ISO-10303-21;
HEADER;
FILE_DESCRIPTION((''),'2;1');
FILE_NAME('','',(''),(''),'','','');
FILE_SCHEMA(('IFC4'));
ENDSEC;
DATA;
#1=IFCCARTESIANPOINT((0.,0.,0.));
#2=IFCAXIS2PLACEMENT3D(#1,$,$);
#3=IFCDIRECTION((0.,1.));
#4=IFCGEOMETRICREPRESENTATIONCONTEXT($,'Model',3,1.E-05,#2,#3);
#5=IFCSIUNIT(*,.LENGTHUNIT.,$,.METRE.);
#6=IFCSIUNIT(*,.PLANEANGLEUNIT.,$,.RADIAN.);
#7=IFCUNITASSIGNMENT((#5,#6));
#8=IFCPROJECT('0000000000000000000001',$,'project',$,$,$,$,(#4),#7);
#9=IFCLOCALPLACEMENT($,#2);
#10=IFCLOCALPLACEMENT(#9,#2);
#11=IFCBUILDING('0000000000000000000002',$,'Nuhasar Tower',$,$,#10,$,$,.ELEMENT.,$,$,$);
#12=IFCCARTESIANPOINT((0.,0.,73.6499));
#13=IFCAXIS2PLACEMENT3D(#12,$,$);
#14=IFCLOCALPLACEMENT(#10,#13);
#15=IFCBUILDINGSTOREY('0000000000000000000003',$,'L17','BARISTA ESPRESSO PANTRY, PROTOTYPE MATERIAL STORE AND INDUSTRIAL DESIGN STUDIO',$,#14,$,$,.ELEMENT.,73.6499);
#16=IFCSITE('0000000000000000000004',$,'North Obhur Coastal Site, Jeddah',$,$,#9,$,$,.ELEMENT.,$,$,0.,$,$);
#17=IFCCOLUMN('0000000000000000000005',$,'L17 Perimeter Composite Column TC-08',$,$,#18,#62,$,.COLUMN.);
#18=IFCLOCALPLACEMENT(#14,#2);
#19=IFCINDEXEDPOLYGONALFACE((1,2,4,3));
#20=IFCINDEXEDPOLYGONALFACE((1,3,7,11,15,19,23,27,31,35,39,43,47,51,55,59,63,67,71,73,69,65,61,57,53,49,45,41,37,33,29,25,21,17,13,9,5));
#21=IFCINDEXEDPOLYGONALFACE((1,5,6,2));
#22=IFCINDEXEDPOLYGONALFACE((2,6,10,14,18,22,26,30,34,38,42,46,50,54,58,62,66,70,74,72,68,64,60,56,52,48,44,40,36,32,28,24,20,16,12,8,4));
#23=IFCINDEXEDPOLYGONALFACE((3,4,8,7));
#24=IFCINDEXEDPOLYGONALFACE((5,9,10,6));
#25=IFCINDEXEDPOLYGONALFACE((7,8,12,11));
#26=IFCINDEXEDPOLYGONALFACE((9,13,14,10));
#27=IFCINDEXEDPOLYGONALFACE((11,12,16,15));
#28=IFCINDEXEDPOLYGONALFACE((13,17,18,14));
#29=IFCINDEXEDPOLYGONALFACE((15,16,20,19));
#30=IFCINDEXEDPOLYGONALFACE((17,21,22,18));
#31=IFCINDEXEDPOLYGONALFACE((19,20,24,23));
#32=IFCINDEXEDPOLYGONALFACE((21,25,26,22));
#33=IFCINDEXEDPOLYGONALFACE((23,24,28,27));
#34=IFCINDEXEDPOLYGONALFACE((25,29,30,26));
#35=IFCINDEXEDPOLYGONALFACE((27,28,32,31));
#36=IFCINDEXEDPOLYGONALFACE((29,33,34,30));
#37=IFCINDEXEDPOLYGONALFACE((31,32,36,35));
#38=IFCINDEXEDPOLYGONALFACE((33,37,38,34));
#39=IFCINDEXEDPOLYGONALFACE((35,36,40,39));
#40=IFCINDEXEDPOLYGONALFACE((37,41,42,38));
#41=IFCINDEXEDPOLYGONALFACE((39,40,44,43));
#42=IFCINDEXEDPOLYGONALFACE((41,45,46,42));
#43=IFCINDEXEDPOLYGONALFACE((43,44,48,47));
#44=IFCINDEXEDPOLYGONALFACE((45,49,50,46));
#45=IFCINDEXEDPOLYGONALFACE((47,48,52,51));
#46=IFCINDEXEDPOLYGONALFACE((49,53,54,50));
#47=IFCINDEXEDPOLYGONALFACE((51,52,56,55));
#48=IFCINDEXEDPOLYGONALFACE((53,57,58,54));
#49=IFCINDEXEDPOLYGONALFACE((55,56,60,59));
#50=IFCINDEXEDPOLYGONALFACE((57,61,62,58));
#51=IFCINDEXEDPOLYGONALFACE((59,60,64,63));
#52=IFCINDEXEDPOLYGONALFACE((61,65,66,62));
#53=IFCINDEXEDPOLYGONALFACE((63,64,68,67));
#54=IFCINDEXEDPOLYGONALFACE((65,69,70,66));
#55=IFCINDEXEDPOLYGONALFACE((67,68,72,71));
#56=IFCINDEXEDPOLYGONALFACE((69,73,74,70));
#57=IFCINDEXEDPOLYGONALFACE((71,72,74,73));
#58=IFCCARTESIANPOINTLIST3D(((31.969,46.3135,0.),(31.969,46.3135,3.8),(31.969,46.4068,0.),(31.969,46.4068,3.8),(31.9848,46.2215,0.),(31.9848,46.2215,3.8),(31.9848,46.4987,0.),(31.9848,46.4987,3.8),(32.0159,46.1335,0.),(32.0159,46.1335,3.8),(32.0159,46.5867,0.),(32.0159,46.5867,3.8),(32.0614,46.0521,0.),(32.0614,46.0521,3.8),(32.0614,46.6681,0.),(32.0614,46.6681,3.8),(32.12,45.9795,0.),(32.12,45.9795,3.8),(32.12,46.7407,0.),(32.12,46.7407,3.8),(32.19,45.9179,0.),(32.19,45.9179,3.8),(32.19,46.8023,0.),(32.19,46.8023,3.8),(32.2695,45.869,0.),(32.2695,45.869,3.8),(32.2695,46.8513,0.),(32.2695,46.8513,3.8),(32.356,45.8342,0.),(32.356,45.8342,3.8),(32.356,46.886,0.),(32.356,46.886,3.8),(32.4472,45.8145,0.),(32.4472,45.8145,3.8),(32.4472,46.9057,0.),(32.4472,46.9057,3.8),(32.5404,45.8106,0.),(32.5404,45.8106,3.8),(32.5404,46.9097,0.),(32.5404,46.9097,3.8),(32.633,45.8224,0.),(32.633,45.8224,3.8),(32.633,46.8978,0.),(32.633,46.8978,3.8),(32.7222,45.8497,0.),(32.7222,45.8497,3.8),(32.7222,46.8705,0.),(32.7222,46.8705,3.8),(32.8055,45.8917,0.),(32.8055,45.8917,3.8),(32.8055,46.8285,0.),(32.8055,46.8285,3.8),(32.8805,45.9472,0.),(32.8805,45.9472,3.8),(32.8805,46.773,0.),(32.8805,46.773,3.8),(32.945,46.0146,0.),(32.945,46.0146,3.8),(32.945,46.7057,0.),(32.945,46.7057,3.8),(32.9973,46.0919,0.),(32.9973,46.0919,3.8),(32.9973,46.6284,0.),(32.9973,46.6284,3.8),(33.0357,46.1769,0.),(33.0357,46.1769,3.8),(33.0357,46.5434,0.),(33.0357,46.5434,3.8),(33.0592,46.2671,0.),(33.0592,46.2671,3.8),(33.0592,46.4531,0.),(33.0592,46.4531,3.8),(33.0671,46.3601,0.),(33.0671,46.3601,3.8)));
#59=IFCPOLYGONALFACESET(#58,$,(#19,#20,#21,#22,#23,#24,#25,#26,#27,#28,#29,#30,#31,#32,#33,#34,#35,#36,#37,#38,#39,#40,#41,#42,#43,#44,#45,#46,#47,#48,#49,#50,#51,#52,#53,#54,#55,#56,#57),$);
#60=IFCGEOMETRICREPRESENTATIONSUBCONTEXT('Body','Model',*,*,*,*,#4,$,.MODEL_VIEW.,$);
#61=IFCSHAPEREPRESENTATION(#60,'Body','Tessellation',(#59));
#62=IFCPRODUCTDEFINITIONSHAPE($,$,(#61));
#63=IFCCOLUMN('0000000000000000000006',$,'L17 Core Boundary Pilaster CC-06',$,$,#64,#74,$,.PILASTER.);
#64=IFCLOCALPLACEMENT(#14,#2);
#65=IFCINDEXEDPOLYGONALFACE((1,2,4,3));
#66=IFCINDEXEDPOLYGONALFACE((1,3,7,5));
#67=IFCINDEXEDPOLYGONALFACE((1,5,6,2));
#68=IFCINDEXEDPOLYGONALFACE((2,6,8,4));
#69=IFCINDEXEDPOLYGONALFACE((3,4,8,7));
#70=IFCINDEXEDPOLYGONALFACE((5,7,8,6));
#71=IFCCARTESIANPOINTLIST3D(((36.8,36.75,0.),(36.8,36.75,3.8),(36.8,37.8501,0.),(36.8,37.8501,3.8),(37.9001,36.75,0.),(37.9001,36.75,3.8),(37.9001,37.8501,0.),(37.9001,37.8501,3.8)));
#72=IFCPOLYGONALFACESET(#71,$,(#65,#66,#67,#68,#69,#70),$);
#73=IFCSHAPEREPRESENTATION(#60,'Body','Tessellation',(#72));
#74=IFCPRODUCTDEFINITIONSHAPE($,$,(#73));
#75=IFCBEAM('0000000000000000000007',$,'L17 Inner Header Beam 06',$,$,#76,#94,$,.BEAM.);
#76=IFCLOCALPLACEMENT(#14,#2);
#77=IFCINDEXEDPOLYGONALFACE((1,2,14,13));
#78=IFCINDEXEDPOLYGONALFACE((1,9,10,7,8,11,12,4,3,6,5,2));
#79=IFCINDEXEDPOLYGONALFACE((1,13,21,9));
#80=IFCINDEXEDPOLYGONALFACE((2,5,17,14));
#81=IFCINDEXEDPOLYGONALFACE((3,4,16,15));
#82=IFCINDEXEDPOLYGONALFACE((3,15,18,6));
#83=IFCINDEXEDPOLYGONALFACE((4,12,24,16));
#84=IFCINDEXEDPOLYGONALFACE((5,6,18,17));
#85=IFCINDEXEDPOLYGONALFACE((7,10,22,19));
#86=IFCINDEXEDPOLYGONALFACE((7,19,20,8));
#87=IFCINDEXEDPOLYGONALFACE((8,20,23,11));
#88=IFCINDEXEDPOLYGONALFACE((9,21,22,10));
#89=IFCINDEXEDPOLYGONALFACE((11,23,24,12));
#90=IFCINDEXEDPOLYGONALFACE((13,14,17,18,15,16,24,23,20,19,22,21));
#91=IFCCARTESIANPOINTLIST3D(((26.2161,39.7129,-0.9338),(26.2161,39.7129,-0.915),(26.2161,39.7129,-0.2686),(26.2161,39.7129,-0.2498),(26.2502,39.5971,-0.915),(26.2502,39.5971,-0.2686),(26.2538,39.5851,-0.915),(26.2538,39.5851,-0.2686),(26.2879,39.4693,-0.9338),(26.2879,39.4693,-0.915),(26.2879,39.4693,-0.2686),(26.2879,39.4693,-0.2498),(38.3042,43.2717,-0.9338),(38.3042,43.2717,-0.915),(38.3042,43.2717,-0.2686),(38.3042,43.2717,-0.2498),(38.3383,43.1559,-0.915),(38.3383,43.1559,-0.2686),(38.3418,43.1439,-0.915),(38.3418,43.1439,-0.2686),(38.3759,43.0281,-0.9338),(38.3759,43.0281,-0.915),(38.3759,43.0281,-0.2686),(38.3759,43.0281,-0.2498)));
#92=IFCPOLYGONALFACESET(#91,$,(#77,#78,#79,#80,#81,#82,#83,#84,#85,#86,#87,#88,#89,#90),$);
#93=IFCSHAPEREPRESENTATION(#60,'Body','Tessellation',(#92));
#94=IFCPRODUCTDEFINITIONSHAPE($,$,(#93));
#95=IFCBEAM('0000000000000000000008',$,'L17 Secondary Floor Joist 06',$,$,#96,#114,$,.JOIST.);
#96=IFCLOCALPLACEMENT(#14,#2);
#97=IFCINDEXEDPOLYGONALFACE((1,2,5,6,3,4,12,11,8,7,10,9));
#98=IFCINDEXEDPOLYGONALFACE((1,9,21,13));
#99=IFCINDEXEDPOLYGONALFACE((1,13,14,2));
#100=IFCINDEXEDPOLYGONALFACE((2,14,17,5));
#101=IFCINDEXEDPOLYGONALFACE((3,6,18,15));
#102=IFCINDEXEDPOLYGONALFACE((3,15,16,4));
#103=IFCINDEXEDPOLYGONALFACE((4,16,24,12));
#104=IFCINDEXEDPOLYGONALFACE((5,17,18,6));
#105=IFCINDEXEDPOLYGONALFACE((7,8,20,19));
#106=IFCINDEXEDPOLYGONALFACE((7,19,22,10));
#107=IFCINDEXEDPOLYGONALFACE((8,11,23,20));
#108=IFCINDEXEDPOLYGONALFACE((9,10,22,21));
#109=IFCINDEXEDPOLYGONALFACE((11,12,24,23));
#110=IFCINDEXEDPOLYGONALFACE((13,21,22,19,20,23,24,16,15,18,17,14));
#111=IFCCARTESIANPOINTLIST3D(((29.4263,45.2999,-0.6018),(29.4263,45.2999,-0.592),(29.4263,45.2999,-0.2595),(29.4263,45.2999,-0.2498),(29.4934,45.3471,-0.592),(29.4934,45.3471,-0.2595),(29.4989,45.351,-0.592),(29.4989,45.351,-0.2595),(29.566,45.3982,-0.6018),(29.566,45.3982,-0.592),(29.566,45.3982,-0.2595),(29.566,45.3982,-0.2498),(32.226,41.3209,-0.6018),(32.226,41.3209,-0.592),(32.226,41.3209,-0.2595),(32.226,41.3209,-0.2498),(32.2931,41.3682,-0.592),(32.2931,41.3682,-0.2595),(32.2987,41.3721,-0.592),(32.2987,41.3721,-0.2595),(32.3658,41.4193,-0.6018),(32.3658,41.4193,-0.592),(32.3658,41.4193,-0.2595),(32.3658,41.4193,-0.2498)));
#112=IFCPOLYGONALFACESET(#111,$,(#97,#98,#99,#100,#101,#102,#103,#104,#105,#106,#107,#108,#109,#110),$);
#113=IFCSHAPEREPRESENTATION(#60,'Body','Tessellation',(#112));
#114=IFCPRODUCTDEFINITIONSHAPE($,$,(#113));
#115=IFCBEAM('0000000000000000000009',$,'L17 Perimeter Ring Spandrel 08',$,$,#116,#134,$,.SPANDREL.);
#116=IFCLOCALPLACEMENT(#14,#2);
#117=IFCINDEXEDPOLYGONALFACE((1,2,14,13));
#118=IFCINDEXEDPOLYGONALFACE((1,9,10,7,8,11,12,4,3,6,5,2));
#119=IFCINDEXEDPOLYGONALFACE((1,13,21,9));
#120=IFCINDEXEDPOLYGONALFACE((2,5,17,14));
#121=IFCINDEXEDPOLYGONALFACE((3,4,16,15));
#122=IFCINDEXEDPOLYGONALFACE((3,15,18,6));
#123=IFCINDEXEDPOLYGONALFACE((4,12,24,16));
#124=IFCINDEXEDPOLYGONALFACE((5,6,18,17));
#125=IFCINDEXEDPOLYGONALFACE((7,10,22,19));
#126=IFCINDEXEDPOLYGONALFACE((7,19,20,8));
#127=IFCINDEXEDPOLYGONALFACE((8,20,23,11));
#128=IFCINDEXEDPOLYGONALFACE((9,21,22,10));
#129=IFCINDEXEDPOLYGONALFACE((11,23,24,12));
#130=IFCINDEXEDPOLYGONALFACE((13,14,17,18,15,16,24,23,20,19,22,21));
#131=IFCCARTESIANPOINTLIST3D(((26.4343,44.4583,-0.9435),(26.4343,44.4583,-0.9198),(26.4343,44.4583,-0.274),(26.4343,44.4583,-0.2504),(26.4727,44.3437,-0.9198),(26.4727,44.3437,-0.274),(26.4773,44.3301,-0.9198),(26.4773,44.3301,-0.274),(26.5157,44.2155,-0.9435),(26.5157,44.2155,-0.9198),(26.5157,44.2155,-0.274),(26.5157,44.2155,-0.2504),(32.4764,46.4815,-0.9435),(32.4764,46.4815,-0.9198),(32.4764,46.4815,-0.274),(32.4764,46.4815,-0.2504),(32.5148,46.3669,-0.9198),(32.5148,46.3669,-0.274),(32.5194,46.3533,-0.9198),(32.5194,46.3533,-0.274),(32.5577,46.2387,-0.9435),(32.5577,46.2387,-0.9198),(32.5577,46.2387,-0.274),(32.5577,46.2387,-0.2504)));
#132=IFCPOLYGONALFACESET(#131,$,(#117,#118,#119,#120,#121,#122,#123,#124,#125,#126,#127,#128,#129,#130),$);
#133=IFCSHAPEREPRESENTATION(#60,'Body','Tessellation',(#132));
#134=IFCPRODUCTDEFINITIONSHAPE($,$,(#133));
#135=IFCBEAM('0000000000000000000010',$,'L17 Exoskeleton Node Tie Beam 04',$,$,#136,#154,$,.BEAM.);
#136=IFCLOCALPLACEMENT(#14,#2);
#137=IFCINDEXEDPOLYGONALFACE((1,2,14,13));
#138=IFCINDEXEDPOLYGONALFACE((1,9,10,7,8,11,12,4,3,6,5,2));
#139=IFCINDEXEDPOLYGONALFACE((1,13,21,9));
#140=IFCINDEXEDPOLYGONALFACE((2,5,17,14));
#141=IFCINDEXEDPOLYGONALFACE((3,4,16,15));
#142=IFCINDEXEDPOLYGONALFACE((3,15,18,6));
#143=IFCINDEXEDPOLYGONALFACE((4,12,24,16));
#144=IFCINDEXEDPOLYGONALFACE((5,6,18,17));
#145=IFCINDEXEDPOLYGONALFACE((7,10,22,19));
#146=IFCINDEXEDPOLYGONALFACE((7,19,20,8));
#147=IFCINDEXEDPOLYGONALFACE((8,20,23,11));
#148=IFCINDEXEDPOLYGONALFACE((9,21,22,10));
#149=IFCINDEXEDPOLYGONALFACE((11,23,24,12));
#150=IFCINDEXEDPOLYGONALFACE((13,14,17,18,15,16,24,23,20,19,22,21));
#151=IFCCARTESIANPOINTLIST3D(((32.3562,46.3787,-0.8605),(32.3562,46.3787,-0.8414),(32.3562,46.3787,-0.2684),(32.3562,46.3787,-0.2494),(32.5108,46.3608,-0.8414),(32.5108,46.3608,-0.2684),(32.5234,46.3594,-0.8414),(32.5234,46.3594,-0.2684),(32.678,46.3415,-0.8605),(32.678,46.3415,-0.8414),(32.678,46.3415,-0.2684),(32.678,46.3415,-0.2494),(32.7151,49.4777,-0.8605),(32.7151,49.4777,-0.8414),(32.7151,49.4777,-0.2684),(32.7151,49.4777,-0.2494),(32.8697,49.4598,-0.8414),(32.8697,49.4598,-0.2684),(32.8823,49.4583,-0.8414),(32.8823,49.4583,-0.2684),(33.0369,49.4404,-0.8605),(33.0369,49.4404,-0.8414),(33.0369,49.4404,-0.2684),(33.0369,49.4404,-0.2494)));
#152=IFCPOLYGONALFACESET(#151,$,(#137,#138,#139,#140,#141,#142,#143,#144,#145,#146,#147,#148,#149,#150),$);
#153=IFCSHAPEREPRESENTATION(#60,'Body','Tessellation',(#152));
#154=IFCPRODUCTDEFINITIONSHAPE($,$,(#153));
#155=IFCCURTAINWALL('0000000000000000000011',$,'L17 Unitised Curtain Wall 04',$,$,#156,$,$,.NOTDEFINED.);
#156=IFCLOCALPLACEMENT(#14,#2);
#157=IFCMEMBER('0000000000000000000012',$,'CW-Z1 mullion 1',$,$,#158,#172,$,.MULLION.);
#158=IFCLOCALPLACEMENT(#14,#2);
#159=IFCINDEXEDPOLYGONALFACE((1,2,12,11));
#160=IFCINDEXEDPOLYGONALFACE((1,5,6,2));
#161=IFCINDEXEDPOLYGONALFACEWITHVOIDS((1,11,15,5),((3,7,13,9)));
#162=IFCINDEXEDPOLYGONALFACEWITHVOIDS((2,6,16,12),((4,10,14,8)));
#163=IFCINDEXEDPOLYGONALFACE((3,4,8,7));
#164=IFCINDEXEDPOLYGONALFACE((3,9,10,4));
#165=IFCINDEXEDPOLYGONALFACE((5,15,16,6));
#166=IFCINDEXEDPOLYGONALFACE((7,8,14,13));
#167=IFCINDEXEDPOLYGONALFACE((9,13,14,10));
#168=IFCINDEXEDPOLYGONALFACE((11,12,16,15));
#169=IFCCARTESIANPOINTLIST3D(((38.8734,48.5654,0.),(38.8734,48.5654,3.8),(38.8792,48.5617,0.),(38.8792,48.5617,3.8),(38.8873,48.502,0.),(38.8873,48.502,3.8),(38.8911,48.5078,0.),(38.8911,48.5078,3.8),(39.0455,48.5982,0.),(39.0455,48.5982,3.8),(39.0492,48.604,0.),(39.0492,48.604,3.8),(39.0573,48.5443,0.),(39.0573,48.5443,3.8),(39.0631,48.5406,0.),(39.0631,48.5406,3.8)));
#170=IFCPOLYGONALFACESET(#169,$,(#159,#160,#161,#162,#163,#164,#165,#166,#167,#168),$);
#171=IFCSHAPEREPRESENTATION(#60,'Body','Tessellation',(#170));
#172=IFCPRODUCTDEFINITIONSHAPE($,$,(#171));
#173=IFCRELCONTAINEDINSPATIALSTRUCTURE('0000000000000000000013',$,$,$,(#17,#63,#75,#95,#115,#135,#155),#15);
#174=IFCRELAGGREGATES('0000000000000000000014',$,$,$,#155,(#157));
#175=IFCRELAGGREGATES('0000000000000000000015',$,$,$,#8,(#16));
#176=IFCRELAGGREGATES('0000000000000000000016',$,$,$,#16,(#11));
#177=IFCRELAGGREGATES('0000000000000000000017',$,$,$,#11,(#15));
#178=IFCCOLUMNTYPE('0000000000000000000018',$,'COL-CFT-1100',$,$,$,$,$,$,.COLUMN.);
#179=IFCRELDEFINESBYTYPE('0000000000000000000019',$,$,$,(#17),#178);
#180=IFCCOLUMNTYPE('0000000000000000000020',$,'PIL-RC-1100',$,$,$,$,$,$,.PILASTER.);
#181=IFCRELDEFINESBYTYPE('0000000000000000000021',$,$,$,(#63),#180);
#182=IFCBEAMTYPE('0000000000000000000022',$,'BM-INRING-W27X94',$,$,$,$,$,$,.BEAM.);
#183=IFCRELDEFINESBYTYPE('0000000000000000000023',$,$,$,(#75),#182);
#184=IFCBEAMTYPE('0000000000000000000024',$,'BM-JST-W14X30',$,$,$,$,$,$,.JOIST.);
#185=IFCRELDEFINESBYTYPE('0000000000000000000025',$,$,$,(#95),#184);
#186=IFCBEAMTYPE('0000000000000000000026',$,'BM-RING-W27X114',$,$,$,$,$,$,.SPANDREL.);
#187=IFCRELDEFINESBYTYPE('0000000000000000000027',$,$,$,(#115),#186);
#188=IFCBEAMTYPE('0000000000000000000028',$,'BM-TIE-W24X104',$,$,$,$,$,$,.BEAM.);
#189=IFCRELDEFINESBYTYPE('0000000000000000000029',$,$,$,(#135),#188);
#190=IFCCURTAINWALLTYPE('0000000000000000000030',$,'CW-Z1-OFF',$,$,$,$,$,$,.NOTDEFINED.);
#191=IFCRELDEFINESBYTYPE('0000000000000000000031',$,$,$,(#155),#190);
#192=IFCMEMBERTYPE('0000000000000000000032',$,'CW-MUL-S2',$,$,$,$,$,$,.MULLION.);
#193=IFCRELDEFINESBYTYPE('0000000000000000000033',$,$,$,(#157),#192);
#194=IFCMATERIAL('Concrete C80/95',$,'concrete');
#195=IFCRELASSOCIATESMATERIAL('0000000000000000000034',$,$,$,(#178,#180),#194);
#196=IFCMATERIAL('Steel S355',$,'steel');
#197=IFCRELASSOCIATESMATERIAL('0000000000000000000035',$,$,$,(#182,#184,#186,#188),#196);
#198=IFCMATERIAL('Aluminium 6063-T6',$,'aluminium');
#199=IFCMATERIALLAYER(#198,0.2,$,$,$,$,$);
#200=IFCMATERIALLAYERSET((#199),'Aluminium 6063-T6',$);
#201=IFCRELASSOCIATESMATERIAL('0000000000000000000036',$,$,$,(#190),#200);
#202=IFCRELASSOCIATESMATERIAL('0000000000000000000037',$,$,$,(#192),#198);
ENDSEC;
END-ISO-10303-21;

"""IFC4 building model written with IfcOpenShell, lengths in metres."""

from ifc_helpers import new_model, si_unit, direction, frame, origin, origin_2d, place, context, subcontext, project, spatial, rectangle, hollow_rectangle, circle, i_section, extrude, material, layer, layer_set, material_profile, profile_set, type_object, element, aggregate, save


model = new_model("IFC4")

# Units and contexts
model_context = context("Model", 3, precision=1e-05, world=origin(), true_north=direction((0.0, 1.0)))
body_context = subcontext(model_context, "Body", "Model", "MODEL_VIEW")
ifc_project = project(units=[si_unit("LENGTHUNIT", "METRE"), si_unit("PLANEANGLEUNIT", "RADIAN")], contexts=[model_context])

# Site, building, storey
site_placement = place(None, origin())
site = spatial("IfcSite", under=ifc_project, at=site_placement, Name="North Obhur Coastal Site, Jeddah", CompositionType="ELEMENT", RefElevation=0.0)
building_placement = place(site_placement, origin())
building = spatial("IfcBuilding", under=site, at=building_placement, Name="Nuhasar Tower", CompositionType="ELEMENT")
storey_placement = place(building_placement, frame((0.0, 0.0, 73.6499)))
storey = spatial("IfcBuildingStorey", under=building, at=storey_placement, Name="L17", Description="BARISTA ESPRESSO PANTRY, PROTOTYPE MATERIAL STORE AND INDUSTRIAL DESIGN STUDIO", CompositionType="ELEMENT", Elevation=73.6499)

# Columns
ifc_material_1 = material(Name="Concrete C80/95", Category="concrete")
ifc_material_profile_1 = material_profile(ifc_material_1, circle(Radius=0.55, at=origin_2d()), Name="CFT1100")
ifc_profile_set_1 = profile_set([ifc_material_profile_1], Name="Concrete C80/95")
column_type_1 = type_object("IfcColumnType", Name="COL-CFT-1100", PredefinedType="COLUMN", material=ifc_profile_set_1)
column_1_placement = place(storey_placement, frame((32.5171, 46.3601, 0.0), z_axis=(0.0, 0.0, 1.0), x_axis=(1.0, 0.0, 0.0)))
element("IfcColumn", 1, at=column_1_placement, inside=storey, type_object=column_type_1, Name="L17 Perimeter Composite Column TC-08", PredefinedType="COLUMN", context=body_context, shape_type="SweptSolid", body=[
    extrude(circle(Radius=0.55, at=origin_2d()), origin(), (0.0, 0.0, 1.0), 3.8),
])
ifc_material_profile_2 = material_profile(ifc_material_1, rectangle(XDim=1.1001, YDim=1.1001, at=origin_2d()), Name="RC1100X1100")
ifc_profile_set_2 = profile_set([ifc_material_profile_2], Name="Concrete C80/95")
column_type_2 = type_object("IfcColumnType", Name="PIL-RC-1100", PredefinedType="PILASTER", material=ifc_profile_set_2)
column_2_placement = place(storey_placement, frame((37.3501, 37.3, 0.0), z_axis=(0.0, 0.0, 1.0), x_axis=(1.0, 0.0, 0.0)))
element("IfcColumn", 2, at=column_2_placement, inside=storey, type_object=column_type_2, Name="L17 Core Boundary Pilaster CC-06", PredefinedType="PILASTER", context=body_context, shape_type="SweptSolid", body=[
    extrude(rectangle(XDim=1.1001, YDim=1.1001, at=origin_2d()), origin(), (0.0, 0.0, 1.0), 3.8),
])

# Beams
ifc_material_2 = material(Name="Steel S355", Category="steel")
ifc_material_profile_3 = material_profile(ifc_material_2, i_section(OverallWidth=0.2539, OverallDepth=0.6841, WebThickness=0.0125, FlangeThickness=0.0188, at=origin_2d()), Name="W27X94")
ifc_profile_set_3 = profile_set([ifc_material_profile_3], Name="Steel S355")
beam_type_1 = type_object("IfcBeamType", Name="BM-INRING-W27X94", PredefinedType="BEAM", material=ifc_profile_set_3)
beam_1_placement = place(storey_placement, frame((38.3401, 43.1499, -0.5918), z_axis=(-0.95929, -0.282422, 0.0), x_axis=(0.282422, -0.95929, 0.0)))
element("IfcBeam", 3, at=beam_1_placement, inside=storey, type_object=beam_type_1, Name="L17 Inner Header Beam 06", PredefinedType="BEAM", context=body_context, shape_type="SweptSolid", body=[
    extrude(i_section(OverallWidth=0.2539, OverallDepth=0.6841, WebThickness=0.0125, FlangeThickness=0.0188, at=origin_2d()), origin(), (0.0, 0.0, 1.0), 12.6011),
])
ifc_material_profile_4 = material_profile(ifc_material_2, i_section(OverallWidth=0.1709, OverallDepth=0.3521, WebThickness=0.0068, FlangeThickness=0.0098, at=origin_2d()), Name="W14X30")
ifc_profile_set_4 = profile_set([ifc_material_profile_4], Name="Steel S355")
beam_type_2 = type_object("IfcBeamType", Name="BM-JST-W14X30", PredefinedType="JOIST", material=ifc_profile_set_4)
beam_2_placement = place(storey_placement, frame((32.2959, 41.3701, -0.4258), z_axis=(-0.575461, 0.817829, 0.0), x_axis=(-0.817829, -0.575461, 0.0)))
element("IfcBeam", 4, at=beam_2_placement, inside=storey, type_object=beam_type_2, Name="L17 Secondary Floor Joist 06", PredefinedType="JOIST", context=body_context, shape_type="SweptSolid", body=[
    extrude(i_section(OverallWidth=0.1709, OverallDepth=0.3521, WebThickness=0.0068, FlangeThickness=0.0098, at=origin_2d()), origin(), (0.0, 0.0, 1.0), 4.8652),
])
ifc_material_profile_5 = material_profile(ifc_material_2, i_section(OverallWidth=0.2561, OverallDepth=0.6931, WebThickness=0.0144, FlangeThickness=0.0237, at=origin_2d()), Name="W27X114")
ifc_profile_set_5 = profile_set([ifc_material_profile_5], Name="Steel S355")
beam_type_3 = type_object("IfcBeamType", Name="BM-RING-W27X114", PredefinedType="SPANDREL", material=ifc_profile_set_5)
beam_3_placement = place(storey_placement, frame((32.5171, 46.3601, -0.5969), z_axis=(-0.948249, -0.317526, 0.0), x_axis=(0.317526, -0.948249, 0.0)))
element("IfcBeam", 5, at=beam_3_placement, inside=storey, type_object=beam_type_3, Name="L17 Perimeter Ring Spandrel 08", PredefinedType="SPANDREL", context=body_context, shape_type="SweptSolid", body=[
    extrude(i_section(OverallWidth=0.2561, OverallDepth=0.6931, WebThickness=0.0144, FlangeThickness=0.0237, at=origin_2d()), origin(), (0.0, 0.0, 1.0), 6.3718),
])
ifc_material_profile_6 = material_profile(ifc_material_2, i_section(OverallWidth=0.324, OverallDepth=0.6111, WebThickness=0.0127, FlangeThickness=0.019, at=origin_2d()), Name="W24X104")
ifc_profile_set_6 = profile_set([ifc_material_profile_6], Name="Steel S355")
beam_type_4 = type_object("IfcBeamType", Name="BM-TIE-W24X104", PredefinedType="BEAM", material=ifc_profile_set_6)
beam_4_placement = place(storey_placement, frame((32.5171, 46.3601, -0.5549), z_axis=(0.115043, 0.993361, 0.0), x_axis=(-0.993361, 0.115043, 0.0)))
element("IfcBeam", 6, at=beam_4_placement, inside=storey, type_object=beam_type_4, Name="L17 Exoskeleton Node Tie Beam 04", PredefinedType="BEAM", context=body_context, shape_type="SweptSolid", body=[
    extrude(i_section(OverallWidth=0.324, OverallDepth=0.6111, WebThickness=0.0127, FlangeThickness=0.019, at=origin_2d()), origin(), (0.0, 0.0, 1.0), 3.1196),
])

# Curtain wall, member
ifc_material_3 = material(Name="Aluminium 6063-T6", Category="aluminium")
ifc_layer_1 = layer(ifc_material_3, 0.2)
ifc_layer_set_1 = layer_set([ifc_layer_1], Name="Aluminium 6063-T6")
curtain_wall_type = type_object("IfcCurtainWallType", Name="CW-Z1-OFF", PredefinedType="NOTDEFINED", material=ifc_layer_set_1)
curtain_wall_placement = place(storey_placement, origin())
curtain_wall = element("IfcCurtainWall", 7, at=curtain_wall_placement, inside=storey, type_object=curtain_wall_type, Name="L17 Unitised Curtain Wall 04", PredefinedType="NOTDEFINED")
ifc_material_profile_7 = material_profile(ifc_material_3, hollow_rectangle(XDim=0.0649, YDim=0.1799, WallThickness=0.0049, at=origin_2d()), Name="CWM-2")
ifc_profile_set_7 = profile_set([ifc_material_profile_7], Name="Aluminium 6063-T6")
member_type_1 = type_object("IfcMemberType", Name="CW-MUL-S2", PredefinedType="MULLION", material=ifc_profile_set_7)
member_1_placement = place(storey_placement, frame((38.9683, 48.553, 0.0), z_axis=(0.0, 0.0, 1.0), x_axis=(0.214399, -0.976746, 0.0)))
member_1 = element("IfcMember", 8, at=member_1_placement, type_object=member_type_1, Name="CW-Z1 mullion 1", PredefinedType="MULLION", context=body_context, shape_type="SweptSolid", body=[
    extrude(hollow_rectangle(XDim=0.0649, YDim=0.1799, WallThickness=0.0049, at=origin_2d()), origin(), (0.0, 0.0, 1.0), 3.8),
])

aggregate(curtain_wall, [member_1])

save(model, "model.ifc")
